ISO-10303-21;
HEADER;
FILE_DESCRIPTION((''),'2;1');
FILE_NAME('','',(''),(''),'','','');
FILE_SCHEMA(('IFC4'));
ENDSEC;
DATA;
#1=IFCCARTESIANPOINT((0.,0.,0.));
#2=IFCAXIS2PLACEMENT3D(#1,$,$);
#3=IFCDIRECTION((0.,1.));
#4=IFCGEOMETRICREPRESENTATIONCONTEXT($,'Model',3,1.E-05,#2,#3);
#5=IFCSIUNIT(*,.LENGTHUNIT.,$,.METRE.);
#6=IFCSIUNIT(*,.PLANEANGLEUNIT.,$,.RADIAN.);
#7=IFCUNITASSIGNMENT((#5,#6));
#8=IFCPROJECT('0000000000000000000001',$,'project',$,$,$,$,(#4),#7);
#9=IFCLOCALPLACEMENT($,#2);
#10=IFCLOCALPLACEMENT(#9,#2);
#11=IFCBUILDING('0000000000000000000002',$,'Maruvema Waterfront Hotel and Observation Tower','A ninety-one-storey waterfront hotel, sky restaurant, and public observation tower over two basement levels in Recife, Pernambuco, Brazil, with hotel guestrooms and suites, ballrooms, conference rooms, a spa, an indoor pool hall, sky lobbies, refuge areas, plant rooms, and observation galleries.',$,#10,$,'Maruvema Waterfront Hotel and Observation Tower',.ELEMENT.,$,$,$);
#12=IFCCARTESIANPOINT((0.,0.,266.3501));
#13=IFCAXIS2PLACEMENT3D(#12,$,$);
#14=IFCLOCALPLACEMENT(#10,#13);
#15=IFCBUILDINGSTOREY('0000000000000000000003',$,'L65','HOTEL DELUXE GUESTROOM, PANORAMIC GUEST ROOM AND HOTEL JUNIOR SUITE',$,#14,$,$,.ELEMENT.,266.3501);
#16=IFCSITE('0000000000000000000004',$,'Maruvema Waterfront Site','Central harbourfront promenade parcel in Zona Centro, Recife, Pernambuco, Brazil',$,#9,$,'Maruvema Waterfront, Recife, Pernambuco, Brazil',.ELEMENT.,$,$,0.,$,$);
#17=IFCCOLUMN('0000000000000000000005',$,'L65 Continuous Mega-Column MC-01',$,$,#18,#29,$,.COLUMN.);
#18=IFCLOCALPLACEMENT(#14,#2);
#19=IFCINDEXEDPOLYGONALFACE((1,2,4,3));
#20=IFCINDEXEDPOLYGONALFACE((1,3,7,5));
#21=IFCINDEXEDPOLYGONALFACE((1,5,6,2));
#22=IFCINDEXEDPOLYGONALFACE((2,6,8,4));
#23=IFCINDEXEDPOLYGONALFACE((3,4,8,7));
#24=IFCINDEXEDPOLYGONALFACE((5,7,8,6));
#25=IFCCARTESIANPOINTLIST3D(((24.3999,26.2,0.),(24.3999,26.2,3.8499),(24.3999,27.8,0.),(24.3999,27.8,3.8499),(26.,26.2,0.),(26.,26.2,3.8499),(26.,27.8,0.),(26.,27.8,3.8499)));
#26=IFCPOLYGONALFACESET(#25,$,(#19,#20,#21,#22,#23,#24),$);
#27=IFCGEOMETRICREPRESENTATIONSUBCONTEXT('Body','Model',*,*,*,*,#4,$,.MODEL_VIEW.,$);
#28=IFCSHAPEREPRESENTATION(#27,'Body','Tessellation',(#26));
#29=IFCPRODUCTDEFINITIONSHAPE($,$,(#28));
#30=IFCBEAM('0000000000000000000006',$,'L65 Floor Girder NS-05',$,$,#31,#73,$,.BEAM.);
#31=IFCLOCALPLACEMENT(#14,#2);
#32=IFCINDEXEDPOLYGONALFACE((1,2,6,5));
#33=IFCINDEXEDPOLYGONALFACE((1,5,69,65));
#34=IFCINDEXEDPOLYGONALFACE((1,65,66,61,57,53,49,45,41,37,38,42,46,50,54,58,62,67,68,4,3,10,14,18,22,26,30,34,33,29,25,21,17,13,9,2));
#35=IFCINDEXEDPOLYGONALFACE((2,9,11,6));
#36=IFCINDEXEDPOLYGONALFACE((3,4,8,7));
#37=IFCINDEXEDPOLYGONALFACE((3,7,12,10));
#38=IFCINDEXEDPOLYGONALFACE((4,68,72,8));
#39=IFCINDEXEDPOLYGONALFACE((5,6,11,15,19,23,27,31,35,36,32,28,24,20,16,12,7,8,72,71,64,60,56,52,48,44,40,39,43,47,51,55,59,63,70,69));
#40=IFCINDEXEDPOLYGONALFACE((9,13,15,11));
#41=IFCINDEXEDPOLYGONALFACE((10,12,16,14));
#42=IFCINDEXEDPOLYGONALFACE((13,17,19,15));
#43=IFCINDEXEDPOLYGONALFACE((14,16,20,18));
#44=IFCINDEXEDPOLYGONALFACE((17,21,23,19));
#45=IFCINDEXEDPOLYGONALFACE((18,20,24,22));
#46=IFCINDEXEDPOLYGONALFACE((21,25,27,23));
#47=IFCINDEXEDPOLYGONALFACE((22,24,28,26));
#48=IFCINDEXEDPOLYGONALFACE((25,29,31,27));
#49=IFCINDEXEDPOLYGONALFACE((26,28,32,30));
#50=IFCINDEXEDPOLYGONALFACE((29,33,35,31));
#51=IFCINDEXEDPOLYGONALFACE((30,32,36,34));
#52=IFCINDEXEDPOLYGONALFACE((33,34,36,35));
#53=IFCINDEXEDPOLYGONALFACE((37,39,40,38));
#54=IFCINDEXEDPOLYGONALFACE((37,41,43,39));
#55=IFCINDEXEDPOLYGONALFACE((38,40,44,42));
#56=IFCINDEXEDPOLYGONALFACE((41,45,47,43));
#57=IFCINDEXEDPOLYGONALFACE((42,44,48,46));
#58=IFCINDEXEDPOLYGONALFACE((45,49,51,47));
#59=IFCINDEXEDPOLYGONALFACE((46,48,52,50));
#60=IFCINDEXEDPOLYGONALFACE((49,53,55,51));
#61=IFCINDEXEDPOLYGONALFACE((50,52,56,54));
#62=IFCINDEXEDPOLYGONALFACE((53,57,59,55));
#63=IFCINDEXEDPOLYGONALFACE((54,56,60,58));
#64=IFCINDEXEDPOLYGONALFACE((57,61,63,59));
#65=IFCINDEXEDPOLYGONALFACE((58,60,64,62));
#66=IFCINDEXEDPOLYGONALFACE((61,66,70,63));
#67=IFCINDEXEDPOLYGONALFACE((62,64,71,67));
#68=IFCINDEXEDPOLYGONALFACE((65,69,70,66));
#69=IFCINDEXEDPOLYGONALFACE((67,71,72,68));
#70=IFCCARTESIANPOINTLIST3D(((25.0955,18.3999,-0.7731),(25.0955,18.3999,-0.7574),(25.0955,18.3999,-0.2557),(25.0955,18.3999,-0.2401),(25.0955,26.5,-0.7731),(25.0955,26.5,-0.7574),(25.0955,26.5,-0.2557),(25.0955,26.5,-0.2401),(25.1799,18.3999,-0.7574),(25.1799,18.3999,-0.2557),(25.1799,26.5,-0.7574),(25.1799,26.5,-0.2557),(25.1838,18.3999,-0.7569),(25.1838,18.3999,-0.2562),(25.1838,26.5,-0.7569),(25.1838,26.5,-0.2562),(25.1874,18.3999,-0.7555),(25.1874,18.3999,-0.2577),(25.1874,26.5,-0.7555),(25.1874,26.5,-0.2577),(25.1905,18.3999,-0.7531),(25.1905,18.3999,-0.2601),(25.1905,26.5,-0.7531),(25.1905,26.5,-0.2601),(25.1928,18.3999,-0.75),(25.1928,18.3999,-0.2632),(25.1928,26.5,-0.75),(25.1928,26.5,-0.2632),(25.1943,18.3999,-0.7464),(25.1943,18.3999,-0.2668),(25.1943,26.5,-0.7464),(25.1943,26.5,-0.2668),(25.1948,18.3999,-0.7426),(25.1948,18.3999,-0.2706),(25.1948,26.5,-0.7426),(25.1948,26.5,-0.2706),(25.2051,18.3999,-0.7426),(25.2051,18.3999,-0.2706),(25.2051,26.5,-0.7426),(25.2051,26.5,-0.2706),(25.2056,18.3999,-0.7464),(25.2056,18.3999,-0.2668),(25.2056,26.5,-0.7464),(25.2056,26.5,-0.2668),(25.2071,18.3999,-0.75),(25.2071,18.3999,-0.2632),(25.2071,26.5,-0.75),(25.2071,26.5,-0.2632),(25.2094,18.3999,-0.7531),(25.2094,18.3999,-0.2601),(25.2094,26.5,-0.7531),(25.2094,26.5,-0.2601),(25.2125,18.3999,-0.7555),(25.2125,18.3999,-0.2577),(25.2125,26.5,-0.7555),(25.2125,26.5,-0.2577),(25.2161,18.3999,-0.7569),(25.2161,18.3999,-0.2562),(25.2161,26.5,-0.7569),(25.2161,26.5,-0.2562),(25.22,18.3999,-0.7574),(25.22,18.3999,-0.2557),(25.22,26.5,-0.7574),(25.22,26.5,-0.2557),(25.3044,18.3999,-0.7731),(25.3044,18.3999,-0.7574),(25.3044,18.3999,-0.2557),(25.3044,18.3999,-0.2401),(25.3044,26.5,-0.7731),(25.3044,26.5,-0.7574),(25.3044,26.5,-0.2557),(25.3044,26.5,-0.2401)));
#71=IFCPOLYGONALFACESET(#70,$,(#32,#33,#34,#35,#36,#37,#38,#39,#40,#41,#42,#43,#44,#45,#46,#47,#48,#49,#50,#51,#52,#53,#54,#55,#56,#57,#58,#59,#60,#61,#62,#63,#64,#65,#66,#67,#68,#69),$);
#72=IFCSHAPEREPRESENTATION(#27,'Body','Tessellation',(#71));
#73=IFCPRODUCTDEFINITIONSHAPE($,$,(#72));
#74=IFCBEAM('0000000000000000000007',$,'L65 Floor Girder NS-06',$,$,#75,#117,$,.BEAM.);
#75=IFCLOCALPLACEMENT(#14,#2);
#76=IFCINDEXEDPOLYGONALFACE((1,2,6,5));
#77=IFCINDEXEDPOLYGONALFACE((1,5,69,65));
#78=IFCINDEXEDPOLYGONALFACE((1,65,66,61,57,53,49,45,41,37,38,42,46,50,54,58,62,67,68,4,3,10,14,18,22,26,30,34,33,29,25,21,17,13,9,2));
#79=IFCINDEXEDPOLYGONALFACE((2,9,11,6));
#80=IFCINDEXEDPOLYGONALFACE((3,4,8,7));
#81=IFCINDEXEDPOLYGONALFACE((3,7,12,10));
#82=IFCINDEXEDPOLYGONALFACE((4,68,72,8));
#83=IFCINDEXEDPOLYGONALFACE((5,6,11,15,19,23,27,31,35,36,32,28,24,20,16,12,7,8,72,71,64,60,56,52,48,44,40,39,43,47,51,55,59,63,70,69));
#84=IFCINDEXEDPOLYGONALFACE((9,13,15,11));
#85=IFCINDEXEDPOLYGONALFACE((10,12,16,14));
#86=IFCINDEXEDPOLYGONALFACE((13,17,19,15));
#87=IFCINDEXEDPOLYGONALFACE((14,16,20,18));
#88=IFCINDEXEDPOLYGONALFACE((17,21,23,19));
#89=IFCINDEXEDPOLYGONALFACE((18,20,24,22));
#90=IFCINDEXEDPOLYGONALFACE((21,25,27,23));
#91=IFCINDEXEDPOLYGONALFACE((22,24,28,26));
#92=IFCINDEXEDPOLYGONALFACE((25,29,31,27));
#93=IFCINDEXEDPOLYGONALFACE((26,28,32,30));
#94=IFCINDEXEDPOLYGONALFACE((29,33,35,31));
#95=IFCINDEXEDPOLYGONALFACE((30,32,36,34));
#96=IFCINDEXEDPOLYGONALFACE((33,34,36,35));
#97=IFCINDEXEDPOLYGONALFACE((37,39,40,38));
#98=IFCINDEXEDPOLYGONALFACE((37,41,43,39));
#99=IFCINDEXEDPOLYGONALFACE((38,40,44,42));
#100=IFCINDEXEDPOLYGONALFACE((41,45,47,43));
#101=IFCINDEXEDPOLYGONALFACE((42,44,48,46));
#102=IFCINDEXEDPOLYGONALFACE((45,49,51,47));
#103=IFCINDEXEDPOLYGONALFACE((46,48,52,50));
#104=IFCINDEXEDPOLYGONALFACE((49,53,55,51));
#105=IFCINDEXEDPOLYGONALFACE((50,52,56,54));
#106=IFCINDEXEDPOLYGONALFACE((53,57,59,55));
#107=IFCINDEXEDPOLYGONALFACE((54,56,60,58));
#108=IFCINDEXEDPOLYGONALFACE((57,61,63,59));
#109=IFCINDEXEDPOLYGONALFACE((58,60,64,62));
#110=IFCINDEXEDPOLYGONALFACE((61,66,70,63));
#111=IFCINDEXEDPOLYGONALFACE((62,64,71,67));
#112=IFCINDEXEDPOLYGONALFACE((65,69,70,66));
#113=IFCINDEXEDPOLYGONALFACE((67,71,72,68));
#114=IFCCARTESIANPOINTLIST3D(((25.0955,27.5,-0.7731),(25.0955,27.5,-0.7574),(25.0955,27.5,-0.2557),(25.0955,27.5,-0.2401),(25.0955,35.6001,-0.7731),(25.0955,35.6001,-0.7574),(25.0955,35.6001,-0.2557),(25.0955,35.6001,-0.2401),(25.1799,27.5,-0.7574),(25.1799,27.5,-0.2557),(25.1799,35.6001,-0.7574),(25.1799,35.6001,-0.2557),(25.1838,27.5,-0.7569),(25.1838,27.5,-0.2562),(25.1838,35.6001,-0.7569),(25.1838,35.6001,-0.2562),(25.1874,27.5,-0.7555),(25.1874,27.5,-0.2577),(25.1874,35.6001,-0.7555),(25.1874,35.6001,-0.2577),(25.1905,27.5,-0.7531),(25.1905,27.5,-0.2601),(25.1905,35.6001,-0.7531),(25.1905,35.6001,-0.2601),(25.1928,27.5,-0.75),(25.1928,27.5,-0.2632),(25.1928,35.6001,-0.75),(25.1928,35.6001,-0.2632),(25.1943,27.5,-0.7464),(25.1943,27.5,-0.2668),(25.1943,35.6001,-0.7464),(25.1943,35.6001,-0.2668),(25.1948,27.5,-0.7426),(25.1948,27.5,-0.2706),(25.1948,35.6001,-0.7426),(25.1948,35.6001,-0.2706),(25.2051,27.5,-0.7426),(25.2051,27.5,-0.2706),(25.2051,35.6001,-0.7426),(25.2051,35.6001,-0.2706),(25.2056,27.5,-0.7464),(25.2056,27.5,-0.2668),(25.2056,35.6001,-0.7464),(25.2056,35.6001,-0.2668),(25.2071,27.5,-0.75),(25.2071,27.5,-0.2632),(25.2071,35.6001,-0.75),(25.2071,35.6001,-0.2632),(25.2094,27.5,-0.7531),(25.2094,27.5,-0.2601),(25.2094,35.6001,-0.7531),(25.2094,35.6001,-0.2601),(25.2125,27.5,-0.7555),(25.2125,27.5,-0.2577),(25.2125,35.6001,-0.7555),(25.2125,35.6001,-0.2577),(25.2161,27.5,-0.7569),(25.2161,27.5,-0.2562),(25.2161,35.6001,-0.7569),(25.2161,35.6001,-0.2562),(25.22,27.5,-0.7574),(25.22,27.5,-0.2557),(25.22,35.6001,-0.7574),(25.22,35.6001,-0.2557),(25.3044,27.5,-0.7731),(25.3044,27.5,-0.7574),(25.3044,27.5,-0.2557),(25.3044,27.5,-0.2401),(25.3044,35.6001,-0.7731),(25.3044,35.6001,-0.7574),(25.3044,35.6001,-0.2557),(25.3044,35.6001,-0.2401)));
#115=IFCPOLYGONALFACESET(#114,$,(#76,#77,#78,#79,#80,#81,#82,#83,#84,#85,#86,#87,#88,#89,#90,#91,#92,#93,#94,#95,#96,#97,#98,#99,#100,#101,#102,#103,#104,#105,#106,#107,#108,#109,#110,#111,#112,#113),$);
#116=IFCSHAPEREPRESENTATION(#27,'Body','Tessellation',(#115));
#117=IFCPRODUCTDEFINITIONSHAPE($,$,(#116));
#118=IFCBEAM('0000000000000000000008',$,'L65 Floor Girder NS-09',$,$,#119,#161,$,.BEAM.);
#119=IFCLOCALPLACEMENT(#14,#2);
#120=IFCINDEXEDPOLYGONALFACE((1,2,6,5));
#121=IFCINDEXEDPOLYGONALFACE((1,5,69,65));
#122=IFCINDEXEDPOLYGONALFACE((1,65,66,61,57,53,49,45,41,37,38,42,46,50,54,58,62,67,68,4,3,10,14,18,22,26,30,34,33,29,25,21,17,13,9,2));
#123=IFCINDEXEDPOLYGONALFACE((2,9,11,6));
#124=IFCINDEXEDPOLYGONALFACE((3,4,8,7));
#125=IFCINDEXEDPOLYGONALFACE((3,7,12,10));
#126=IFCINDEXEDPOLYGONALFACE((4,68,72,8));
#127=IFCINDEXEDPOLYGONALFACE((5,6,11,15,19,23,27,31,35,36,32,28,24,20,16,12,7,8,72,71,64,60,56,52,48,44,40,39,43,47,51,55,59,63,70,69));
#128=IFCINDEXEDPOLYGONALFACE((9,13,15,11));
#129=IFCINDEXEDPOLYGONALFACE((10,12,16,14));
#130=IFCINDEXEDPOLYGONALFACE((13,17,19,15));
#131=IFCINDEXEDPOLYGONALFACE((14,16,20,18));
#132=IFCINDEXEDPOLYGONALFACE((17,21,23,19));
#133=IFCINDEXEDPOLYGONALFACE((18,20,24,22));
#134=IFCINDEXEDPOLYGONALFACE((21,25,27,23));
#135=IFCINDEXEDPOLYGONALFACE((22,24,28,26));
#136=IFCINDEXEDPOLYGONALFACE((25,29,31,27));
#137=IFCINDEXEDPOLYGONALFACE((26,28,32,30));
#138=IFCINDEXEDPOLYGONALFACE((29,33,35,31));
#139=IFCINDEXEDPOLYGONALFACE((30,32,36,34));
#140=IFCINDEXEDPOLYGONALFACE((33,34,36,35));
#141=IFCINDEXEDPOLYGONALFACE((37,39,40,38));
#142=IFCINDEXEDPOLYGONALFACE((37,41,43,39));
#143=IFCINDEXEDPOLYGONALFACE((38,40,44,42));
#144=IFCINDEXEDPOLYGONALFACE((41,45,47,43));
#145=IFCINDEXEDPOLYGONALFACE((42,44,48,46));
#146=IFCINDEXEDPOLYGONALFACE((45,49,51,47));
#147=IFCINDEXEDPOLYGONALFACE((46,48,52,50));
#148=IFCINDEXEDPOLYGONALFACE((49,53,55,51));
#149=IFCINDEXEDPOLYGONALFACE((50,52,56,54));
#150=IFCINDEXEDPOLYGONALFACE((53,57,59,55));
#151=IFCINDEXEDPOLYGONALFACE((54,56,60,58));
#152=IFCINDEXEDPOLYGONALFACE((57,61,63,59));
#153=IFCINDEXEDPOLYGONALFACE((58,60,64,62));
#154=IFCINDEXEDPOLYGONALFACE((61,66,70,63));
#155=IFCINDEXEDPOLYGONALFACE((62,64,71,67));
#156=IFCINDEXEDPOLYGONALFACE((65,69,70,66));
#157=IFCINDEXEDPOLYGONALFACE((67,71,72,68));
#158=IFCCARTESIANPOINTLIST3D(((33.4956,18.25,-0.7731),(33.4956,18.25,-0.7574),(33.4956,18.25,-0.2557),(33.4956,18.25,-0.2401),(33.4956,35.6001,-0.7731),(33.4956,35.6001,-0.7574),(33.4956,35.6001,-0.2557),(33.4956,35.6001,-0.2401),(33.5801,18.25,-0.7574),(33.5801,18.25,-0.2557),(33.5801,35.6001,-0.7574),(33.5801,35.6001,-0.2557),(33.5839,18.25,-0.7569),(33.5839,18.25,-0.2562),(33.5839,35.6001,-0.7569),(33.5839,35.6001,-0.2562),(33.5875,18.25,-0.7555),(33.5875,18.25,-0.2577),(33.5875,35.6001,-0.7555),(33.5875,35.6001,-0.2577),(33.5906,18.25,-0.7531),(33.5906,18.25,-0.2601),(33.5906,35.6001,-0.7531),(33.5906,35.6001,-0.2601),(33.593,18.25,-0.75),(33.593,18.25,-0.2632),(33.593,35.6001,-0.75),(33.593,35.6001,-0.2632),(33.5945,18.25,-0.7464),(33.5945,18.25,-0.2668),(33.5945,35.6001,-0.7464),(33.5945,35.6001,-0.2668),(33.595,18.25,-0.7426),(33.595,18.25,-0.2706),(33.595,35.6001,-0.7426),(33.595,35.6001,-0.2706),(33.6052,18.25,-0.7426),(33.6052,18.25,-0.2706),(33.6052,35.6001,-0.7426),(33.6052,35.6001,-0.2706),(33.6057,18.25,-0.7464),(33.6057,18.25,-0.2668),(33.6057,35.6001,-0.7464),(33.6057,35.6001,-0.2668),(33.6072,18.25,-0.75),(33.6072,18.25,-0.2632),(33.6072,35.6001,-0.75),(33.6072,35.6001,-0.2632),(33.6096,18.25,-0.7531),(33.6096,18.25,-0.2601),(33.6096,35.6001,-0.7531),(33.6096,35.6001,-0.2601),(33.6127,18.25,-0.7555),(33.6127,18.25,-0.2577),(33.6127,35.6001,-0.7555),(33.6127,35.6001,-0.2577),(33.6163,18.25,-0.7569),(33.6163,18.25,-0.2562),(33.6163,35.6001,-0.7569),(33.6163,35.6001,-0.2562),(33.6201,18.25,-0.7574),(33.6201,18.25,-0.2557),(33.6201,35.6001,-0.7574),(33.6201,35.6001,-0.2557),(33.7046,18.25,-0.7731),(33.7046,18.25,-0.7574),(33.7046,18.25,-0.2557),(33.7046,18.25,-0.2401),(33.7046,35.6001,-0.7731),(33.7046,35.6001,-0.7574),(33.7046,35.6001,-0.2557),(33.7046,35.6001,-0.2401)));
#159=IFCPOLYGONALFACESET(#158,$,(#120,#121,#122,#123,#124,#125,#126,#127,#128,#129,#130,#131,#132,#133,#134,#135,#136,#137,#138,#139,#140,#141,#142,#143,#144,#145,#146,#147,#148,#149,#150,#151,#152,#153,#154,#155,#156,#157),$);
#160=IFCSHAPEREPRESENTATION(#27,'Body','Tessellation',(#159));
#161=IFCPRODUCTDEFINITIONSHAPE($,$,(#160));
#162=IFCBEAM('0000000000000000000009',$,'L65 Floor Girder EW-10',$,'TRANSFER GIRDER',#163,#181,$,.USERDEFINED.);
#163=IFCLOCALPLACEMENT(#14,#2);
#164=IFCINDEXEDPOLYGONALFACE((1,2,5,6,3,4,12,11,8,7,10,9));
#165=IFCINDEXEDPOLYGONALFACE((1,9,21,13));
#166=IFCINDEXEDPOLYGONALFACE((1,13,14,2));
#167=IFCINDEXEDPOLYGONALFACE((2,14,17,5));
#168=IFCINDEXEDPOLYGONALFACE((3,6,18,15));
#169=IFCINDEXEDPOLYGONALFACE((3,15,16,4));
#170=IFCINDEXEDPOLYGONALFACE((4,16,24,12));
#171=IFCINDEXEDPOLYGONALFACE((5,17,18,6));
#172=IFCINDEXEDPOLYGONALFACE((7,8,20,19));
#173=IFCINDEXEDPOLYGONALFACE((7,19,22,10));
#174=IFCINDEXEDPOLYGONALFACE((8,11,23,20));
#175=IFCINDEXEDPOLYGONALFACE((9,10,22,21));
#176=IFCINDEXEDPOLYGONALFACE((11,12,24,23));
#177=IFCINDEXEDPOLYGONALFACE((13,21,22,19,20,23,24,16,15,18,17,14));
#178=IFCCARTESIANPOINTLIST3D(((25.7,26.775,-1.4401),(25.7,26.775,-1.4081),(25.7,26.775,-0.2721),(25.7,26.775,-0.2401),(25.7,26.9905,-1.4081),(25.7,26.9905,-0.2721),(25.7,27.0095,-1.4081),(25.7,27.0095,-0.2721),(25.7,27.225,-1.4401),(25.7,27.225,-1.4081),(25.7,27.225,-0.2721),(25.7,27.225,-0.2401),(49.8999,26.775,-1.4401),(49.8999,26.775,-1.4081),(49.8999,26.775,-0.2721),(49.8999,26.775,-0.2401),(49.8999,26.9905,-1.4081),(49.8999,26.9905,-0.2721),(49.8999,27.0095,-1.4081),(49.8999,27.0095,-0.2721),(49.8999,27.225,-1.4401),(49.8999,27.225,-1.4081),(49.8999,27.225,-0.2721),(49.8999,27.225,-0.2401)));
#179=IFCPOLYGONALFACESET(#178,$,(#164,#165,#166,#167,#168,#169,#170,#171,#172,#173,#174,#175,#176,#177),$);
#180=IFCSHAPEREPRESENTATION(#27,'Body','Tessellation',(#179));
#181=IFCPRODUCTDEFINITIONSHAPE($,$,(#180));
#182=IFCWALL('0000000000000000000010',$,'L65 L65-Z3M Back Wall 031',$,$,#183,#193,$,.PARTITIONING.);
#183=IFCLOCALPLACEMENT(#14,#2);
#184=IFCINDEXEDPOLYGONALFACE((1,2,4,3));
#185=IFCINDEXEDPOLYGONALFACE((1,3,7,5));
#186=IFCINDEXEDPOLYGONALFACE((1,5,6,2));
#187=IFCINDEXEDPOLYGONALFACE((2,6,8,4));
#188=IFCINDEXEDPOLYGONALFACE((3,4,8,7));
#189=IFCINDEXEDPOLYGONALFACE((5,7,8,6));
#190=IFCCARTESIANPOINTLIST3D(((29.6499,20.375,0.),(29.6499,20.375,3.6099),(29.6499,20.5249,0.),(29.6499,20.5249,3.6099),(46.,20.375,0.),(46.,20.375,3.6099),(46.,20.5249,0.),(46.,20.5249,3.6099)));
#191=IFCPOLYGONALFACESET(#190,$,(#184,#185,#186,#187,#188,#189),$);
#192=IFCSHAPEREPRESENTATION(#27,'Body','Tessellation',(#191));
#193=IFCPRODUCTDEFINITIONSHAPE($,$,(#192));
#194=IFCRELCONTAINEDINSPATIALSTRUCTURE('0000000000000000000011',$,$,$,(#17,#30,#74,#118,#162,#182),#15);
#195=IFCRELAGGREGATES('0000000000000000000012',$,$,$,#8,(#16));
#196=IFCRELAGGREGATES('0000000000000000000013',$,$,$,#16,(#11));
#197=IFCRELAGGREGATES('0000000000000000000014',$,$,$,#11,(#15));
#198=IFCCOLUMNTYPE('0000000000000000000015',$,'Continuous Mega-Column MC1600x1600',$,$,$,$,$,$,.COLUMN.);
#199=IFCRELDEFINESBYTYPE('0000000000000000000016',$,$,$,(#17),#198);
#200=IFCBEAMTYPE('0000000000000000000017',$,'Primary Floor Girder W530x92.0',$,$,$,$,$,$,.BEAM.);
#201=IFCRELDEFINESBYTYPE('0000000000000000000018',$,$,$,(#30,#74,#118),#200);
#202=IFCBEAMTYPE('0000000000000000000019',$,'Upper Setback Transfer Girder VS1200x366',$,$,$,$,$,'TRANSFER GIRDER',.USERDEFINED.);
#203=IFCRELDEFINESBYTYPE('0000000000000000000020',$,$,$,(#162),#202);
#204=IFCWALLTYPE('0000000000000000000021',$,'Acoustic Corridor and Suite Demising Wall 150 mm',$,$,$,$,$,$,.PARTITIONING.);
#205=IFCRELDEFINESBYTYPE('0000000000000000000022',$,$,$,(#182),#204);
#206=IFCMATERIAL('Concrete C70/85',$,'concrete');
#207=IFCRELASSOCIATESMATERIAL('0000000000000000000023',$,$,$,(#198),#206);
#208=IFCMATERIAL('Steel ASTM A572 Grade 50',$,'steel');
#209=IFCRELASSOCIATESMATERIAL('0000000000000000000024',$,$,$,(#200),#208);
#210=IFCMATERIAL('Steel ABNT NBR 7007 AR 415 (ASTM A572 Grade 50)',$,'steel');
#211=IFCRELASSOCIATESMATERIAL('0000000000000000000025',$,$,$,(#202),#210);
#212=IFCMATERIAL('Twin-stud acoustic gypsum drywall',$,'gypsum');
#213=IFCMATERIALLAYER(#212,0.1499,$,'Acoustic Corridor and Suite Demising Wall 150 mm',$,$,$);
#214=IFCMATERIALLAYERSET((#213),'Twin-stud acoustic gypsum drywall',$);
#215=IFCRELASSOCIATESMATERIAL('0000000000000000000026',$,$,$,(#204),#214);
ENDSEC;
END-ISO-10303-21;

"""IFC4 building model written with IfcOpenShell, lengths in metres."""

from ifc_helpers import new_model, si_unit, direction, frame, frame_2d, origin, origin_2d, place, context, subcontext, project, spatial, rectangle, i_section, extrude, material, layer, layer_set, material_profile, profile_set, type_object, element, save


model = new_model("IFC4")

# Units and contexts
model_context = context("Model", 3, precision=1e-05, world=origin(), true_north=direction((0.0, 1.0)))
body_context = subcontext(model_context, "Body", "Model", "MODEL_VIEW")
ifc_project = project(units=[si_unit("LENGTHUNIT", "METRE"), si_unit("PLANEANGLEUNIT", "RADIAN")], contexts=[model_context])

# Site, building, storey
site_placement = place(None, origin())
site = spatial("IfcSite", under=ifc_project, at=site_placement, Name="Maruvema Waterfront Site", Description="Central harbourfront promenade parcel in Zona Centro, Recife, Pernambuco, Brazil", LongName="Maruvema Waterfront, Recife, Pernambuco, Brazil", CompositionType="ELEMENT", RefElevation=0.0)
building_placement = place(site_placement, origin())
building = spatial("IfcBuilding", under=site, at=building_placement, Name="Maruvema Waterfront Hotel and Observation Tower", Description="A ninety-one-storey waterfront hotel, sky restaurant, and public observation tower over two basement levels in Recife, Pernambuco, Brazil, with hotel guestrooms and suites, ballrooms, conference rooms, a spa, an indoor pool hall, sky lobbies, refuge areas, plant rooms, and observation galleries.", LongName="Maruvema Waterfront Hotel and Observation Tower", CompositionType="ELEMENT")
storey_placement = place(building_placement, frame((0.0, 0.0, 266.3501)))
storey = spatial("IfcBuildingStorey", under=building, at=storey_placement, Name="L65", Description="HOTEL DELUXE GUESTROOM, PANORAMIC GUEST ROOM AND HOTEL JUNIOR SUITE", CompositionType="ELEMENT", Elevation=266.3501)

# Column
ifc_material_1 = material(Name="Concrete C70/85", Category="concrete")
ifc_material_profile_1 = material_profile(ifc_material_1, rectangle(XDim=1.6001, YDim=1.6001, at=origin_2d()), Name="MC1600x1600")
ifc_profile_set_1 = profile_set([ifc_material_profile_1], Name="Concrete C70/85")
column_type = type_object("IfcColumnType", Name="Continuous Mega-Column MC1600x1600", PredefinedType="COLUMN", material=ifc_profile_set_1)
column_placement = place(storey_placement, frame((25.2, 27.0, 0.0), z_axis=(0.0, 0.0, 1.0), x_axis=(1.0, 0.0, 0.0)))
element("IfcColumn", 1, at=column_placement, inside=storey, type_object=column_type, Name="L65 Continuous Mega-Column MC-01", PredefinedType="COLUMN", context=body_context, shape_type="SweptSolid", body=[
    extrude(rectangle(XDim=1.6001, YDim=1.6001, at=origin_2d()), origin(), (0.0, 0.0, 1.0), 3.8499),
])

# Beams
ifc_material_2 = material(Name="Steel ASTM A572 Grade 50", Category="steel")
ifc_material_profile_2 = material_profile(ifc_material_2, i_section(OverallWidth=0.209, OverallDepth=0.533, WebThickness=0.0103, FlangeThickness=0.0156, FilletRadius=0.0149, at=origin_2d()), Name="W530x92.0")
ifc_profile_set_2 = profile_set([ifc_material_profile_2], Name="Steel ASTM A572 Grade 50")
beam_type_1 = type_object("IfcBeamType", Name="Primary Floor Girder W530x92.0", PredefinedType="BEAM", material=ifc_profile_set_2)
for number, where, z_axis, x_axis, name in (
    (2, (25.2, 18.3999, -0.5066), (0.0, 1.0, 0.0), (-1.0, 0.0, 0.0), "L65 Floor Girder NS-05"),
    (3, (25.2, 27.5, -0.5066), (0.0, 1.0, 0.0), (-1.0, 0.0, 0.0), "L65 Floor Girder NS-06"),
):
    element("IfcBeam", number, at=place(storey_placement, frame(where, z_axis=z_axis, x_axis=x_axis)), inside=storey, type_object=beam_type_1, Name=name, PredefinedType="BEAM", context=body_context, shape_type="SweptSolid", body=[
        extrude(i_section(OverallWidth=0.209, OverallDepth=0.533, WebThickness=0.0103, FlangeThickness=0.0156, FilletRadius=0.0149, at=origin_2d()), origin(), (0.0, 0.0, 1.0), 8.1001),
    ])
beam_1_placement = place(storey_placement, frame((33.6001, 18.25, -0.5066), z_axis=(0.0, 1.0, 0.0), x_axis=(-1.0, 0.0, 0.0)))
element("IfcBeam", 4, at=beam_1_placement, inside=storey, type_object=beam_type_1, Name="L65 Floor Girder NS-09", PredefinedType="BEAM", context=body_context, shape_type="SweptSolid", body=[
    extrude(i_section(OverallWidth=0.209, OverallDepth=0.533, WebThickness=0.0103, FlangeThickness=0.0156, FilletRadius=0.0149, at=origin_2d()), origin(), (0.0, 0.0, 1.0), 17.3501),
])
ifc_material_3 = material(Name="Steel ABNT NBR 7007 AR 415 (ASTM A572 Grade 50)", Category="steel")
ifc_material_profile_3 = material_profile(ifc_material_3, i_section(OverallWidth=0.45, OverallDepth=1.2, WebThickness=0.019, FlangeThickness=0.032, at=origin_2d()), Name="VS1200x366")
ifc_profile_set_3 = profile_set([ifc_material_profile_3], Name="Steel ABNT NBR 7007 AR 415 (ASTM A572 Grade 50)")
beam_type_2 = type_object("IfcBeamType", Name="Upper Setback Transfer Girder VS1200x366", ElementType="TRANSFER GIRDER", PredefinedType="USERDEFINED", material=ifc_profile_set_3)
beam_2_placement = place(storey_placement, frame((25.7, 27.0, -0.8401), z_axis=(1.0, 0.0, 0.0), x_axis=(0.0, 1.0, 0.0)))
element("IfcBeam", 5, at=beam_2_placement, inside=storey, type_object=beam_type_2, Name="L65 Floor Girder EW-10", ObjectType="TRANSFER GIRDER", PredefinedType="USERDEFINED", context=body_context, shape_type="SweptSolid", body=[
    extrude(i_section(OverallWidth=0.45, OverallDepth=1.2, WebThickness=0.019, FlangeThickness=0.032, at=origin_2d()), origin(), (0.0, 0.0, 1.0), 24.2),
])

# Wall
ifc_material_4 = material(Name="Twin-stud acoustic gypsum drywall", Category="gypsum")
ifc_layer_1 = layer(ifc_material_4, 0.1499, Name="Acoustic Corridor and Suite Demising Wall 150 mm")
ifc_layer_set_1 = layer_set([ifc_layer_1], Name="Twin-stud acoustic gypsum drywall")
wall_type_1 = type_object("IfcWallType", Name="Acoustic Corridor and Suite Demising Wall 150 mm", PredefinedType="PARTITIONING", material=ifc_layer_set_1)
wall_1_placement = place(storey_placement, frame((29.6499, 20.45, 0.0), z_axis=(0.0, 0.0, 1.0), x_axis=(1.0, 0.0, 0.0)))
element("IfcWall", 6, at=wall_1_placement, inside=storey, type_object=wall_type_1, Name="L65 L65-Z3M Back Wall 031", PredefinedType="PARTITIONING", context=body_context, shape_type="SweptSolid", body=[
    extrude(rectangle(XDim=16.3501, YDim=0.1499, at=frame_2d((8.175, 0.0))), origin(), (0.0, 0.0, 1.0), 3.6099),
])

save(model, "model.ifc")
